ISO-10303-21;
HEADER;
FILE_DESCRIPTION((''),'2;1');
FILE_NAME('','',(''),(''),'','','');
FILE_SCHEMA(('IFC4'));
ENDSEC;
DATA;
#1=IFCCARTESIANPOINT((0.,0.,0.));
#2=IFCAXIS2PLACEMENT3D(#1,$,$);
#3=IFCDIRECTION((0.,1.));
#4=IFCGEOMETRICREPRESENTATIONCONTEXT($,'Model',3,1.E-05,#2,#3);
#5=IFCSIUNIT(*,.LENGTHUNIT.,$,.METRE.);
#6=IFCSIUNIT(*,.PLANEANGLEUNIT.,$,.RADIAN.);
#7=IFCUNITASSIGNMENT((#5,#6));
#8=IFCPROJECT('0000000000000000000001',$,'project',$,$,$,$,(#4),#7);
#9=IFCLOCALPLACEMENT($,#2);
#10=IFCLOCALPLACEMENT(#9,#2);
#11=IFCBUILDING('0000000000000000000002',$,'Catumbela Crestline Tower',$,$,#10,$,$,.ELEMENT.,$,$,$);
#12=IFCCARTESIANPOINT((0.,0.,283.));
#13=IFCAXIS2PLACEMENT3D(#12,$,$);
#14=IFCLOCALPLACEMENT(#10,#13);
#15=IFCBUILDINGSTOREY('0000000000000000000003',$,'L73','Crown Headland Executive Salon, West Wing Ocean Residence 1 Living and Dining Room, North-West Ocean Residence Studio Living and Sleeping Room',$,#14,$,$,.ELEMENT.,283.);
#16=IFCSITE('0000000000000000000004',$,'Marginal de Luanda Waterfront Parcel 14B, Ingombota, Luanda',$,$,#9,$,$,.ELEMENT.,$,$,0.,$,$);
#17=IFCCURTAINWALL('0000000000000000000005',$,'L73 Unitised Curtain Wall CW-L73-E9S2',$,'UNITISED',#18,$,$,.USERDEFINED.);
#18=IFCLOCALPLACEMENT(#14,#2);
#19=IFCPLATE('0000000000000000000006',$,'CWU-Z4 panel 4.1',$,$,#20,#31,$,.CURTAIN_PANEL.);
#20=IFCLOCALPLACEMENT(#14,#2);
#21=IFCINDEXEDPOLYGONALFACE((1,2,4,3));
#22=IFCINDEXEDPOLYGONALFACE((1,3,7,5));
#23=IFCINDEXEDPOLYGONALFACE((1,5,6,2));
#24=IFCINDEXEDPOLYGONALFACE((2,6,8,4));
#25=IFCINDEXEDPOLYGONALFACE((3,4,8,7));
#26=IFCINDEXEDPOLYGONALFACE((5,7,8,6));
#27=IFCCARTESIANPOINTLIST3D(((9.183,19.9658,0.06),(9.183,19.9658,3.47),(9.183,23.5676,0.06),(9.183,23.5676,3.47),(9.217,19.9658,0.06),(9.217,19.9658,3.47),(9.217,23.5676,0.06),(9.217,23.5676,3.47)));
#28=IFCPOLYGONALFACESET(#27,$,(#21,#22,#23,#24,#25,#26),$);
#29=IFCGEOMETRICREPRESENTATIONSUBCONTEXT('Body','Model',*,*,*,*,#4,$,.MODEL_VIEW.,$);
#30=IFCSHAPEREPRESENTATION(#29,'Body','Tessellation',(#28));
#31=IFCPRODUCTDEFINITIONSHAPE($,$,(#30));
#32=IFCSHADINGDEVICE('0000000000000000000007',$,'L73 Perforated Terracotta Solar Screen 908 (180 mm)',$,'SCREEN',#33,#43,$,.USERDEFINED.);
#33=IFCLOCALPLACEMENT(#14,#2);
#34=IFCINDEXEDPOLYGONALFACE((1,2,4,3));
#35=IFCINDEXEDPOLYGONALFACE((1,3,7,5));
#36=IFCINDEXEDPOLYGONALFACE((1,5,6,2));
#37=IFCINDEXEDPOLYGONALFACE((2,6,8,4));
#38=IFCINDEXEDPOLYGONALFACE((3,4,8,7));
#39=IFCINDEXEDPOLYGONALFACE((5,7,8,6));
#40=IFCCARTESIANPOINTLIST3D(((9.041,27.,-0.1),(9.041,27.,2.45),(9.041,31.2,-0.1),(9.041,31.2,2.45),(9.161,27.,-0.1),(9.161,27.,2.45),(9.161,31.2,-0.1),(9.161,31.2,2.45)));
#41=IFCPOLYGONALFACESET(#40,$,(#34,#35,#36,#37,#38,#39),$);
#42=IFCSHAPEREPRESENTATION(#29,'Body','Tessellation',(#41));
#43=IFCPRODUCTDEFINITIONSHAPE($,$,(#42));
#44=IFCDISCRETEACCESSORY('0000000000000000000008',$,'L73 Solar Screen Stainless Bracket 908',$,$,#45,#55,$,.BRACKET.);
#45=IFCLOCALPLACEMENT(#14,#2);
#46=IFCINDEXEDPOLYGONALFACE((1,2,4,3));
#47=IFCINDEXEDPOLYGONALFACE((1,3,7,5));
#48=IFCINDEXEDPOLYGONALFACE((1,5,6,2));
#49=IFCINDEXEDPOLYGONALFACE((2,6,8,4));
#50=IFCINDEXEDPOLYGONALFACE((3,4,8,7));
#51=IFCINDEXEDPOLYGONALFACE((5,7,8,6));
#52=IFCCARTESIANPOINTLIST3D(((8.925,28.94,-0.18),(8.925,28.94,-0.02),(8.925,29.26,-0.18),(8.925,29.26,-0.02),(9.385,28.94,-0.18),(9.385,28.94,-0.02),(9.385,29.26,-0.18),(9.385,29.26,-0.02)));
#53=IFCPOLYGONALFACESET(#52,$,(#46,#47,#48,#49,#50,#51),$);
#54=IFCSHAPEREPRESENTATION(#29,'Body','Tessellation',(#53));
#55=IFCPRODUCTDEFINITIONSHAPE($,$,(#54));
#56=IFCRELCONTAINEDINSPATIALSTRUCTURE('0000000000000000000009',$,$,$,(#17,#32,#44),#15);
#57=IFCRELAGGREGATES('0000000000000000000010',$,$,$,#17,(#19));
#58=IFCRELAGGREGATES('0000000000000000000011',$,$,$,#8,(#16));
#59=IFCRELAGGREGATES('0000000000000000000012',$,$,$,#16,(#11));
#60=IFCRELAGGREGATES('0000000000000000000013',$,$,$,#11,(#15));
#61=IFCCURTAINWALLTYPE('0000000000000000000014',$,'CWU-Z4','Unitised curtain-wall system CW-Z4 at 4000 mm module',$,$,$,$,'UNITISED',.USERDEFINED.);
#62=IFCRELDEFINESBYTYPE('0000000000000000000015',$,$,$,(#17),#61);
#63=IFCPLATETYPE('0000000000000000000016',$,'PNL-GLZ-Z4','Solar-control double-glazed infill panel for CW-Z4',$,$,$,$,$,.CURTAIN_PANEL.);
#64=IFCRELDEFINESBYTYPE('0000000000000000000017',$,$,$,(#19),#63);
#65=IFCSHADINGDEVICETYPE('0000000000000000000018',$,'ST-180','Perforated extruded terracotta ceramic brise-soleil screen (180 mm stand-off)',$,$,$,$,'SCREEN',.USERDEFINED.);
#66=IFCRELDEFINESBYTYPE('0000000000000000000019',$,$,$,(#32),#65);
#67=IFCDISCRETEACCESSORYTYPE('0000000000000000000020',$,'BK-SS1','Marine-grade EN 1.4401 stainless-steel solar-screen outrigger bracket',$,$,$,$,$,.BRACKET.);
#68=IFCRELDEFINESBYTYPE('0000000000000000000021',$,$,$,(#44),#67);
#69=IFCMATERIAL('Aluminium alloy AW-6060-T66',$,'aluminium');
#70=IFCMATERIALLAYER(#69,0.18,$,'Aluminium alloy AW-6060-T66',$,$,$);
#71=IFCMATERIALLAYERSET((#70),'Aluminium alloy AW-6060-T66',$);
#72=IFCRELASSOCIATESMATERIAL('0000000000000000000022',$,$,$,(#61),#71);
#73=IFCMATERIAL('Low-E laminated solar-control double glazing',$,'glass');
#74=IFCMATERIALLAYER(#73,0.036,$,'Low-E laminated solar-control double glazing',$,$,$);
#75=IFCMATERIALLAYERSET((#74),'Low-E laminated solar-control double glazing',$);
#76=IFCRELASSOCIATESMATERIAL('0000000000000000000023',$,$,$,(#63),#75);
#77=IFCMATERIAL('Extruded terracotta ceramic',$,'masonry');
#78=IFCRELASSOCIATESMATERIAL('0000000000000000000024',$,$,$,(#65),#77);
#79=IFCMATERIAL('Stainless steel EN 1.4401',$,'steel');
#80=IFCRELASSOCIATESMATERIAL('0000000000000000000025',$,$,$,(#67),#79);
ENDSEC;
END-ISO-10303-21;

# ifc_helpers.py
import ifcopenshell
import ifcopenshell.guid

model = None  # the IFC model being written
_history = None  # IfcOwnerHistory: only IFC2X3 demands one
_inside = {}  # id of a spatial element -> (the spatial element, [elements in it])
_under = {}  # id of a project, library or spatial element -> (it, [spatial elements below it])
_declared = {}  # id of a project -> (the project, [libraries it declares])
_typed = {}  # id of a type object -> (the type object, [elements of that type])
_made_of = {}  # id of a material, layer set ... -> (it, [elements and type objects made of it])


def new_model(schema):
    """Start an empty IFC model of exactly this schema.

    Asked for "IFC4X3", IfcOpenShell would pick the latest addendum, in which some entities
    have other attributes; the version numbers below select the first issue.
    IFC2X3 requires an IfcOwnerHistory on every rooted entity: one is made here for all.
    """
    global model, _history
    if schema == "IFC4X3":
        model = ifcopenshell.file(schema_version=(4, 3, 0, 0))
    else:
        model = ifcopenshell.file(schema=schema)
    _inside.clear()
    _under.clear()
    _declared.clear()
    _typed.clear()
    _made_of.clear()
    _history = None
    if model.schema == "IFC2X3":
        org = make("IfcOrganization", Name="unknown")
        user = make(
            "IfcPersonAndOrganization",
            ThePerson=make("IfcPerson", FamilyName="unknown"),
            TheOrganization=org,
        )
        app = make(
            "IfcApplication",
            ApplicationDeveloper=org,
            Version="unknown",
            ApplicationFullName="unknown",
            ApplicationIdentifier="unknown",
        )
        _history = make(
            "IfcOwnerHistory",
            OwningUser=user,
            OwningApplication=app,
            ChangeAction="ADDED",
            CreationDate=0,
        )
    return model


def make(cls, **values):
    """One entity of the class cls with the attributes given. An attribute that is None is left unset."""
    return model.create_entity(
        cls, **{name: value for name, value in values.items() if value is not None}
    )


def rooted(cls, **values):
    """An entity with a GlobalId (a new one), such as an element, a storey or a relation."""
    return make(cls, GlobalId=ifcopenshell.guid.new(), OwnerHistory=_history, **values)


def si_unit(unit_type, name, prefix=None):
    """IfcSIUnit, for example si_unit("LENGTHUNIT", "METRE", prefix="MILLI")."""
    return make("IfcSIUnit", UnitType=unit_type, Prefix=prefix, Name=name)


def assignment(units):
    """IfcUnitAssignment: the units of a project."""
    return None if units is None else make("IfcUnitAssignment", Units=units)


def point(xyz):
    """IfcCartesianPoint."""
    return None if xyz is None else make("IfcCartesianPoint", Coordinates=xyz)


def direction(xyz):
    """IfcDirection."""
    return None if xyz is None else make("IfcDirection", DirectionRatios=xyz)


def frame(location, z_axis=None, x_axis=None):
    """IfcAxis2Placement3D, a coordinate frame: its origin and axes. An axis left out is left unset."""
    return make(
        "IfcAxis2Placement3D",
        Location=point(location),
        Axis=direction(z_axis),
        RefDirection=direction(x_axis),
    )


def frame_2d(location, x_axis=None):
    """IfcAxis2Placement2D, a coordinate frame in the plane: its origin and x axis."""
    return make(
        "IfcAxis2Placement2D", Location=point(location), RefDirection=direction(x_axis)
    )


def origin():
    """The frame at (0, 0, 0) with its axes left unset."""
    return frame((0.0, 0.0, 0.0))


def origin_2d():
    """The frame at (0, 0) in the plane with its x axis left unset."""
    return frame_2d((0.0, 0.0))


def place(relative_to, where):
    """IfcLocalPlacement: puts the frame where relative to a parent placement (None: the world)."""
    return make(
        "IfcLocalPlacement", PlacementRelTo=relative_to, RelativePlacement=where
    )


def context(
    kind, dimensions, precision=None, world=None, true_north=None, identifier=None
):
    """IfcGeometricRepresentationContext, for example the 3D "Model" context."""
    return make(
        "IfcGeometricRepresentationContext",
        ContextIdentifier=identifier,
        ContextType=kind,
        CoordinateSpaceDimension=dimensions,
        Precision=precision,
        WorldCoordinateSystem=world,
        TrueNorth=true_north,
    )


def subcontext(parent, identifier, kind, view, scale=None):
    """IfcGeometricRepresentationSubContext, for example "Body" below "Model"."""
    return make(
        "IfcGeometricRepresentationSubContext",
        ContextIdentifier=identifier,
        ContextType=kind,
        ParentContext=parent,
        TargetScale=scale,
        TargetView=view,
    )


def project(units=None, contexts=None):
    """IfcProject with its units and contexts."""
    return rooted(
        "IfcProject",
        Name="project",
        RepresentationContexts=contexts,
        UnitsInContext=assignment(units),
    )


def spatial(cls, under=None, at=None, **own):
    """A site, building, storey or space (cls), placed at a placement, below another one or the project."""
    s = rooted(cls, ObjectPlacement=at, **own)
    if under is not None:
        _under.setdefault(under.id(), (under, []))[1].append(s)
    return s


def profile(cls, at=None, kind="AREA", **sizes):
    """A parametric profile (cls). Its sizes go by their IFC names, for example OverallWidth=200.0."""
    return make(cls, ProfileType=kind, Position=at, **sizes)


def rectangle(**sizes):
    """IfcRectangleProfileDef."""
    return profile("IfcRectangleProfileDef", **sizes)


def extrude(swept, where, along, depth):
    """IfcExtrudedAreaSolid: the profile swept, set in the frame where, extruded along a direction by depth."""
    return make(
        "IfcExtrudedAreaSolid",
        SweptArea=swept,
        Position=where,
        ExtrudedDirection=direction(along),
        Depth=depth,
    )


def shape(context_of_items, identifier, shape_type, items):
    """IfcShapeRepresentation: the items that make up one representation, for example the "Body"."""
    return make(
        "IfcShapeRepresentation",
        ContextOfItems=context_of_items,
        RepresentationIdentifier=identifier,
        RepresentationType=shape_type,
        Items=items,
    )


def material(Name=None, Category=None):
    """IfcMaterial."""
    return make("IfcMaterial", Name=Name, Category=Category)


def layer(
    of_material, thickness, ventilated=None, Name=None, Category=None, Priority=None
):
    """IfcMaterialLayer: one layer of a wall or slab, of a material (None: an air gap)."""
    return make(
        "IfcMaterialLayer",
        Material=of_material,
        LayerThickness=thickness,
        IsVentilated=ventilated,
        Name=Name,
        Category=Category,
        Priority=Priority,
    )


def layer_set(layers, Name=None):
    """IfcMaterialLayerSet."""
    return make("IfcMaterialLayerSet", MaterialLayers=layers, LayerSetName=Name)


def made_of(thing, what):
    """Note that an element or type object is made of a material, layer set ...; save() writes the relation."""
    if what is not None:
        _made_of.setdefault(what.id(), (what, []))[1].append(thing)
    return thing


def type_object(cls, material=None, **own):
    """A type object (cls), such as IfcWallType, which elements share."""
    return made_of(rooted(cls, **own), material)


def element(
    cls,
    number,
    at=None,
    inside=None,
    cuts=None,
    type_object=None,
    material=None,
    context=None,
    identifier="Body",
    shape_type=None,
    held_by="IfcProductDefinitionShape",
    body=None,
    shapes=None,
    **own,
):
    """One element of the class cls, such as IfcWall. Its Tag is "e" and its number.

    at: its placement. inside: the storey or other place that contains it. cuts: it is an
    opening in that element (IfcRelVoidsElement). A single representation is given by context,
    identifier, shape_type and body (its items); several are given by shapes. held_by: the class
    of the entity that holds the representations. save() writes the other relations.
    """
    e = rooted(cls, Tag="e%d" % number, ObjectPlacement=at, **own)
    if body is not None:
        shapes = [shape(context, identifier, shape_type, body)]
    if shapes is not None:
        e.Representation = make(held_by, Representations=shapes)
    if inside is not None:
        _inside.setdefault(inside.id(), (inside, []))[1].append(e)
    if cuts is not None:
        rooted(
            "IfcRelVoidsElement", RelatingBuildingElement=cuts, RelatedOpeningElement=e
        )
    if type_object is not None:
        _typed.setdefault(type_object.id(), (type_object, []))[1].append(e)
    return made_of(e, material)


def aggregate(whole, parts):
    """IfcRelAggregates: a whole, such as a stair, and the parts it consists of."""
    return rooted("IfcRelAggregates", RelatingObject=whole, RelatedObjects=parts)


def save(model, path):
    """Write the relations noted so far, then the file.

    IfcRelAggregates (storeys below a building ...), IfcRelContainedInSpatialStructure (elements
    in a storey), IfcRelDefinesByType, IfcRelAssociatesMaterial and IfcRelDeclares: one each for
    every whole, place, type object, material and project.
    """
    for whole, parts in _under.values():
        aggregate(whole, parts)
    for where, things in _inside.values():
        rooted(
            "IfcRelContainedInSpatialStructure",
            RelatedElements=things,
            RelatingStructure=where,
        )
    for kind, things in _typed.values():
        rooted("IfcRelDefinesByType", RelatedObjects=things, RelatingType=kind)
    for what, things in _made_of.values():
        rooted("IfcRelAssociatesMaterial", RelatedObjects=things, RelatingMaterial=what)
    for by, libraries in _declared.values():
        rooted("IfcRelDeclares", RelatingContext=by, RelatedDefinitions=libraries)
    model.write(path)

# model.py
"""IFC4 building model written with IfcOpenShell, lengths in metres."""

from ifc_helpers import new_model, si_unit, direction, frame, origin, origin_2d, place, context, subcontext, project, spatial, rectangle, extrude, material, layer, layer_set, type_object, element, aggregate, save


model = new_model("IFC4")

# Units and contexts
model_context = context("Model", 3, precision=1e-05, world=origin(), true_north=direction((0.0, 1.0)))
body_context = subcontext(model_context, "Body", "Model", "MODEL_VIEW")
ifc_project = project(units=[si_unit("LENGTHUNIT", "METRE"), si_unit("PLANEANGLEUNIT", "RADIAN")], contexts=[model_context])

# Site, building, storey
site_placement = place(None, origin())
site = spatial("IfcSite", under=ifc_project, at=site_placement, Name="Marginal de Luanda Waterfront Parcel 14B, Ingombota, Luanda", CompositionType="ELEMENT", RefElevation=0.0)
building_placement = place(site_placement, origin())
building = spatial("IfcBuilding", under=site, at=building_placement, Name="Catumbela Crestline Tower", CompositionType="ELEMENT")
storey_placement = place(building_placement, frame((0.0, 0.0, 283.0)))
storey = spatial("IfcBuildingStorey", under=building, at=storey_placement, Name="L73", Description="Crown Headland Executive Salon, West Wing Ocean Residence 1 Living and Dining Room, North-West Ocean Residence Studio Living and Sleeping Room", CompositionType="ELEMENT", Elevation=283.0)

# Curtain wall, plate
ifc_material_1 = material(Name="Aluminium alloy AW-6060-T66", Category="aluminium")
ifc_layer_1 = layer(ifc_material_1, 0.18, Name="Aluminium alloy AW-6060-T66")
ifc_layer_set_1 = layer_set([ifc_layer_1], Name="Aluminium alloy AW-6060-T66")
curtain_wall_type = type_object("IfcCurtainWallType", Name="CWU-Z4", Description="Unitised curtain-wall system CW-Z4 at 4000 mm module", ElementType="UNITISED", PredefinedType="USERDEFINED", material=ifc_layer_set_1)
curtain_wall_placement = place(storey_placement, origin())
curtain_wall = element("IfcCurtainWall", 1, at=curtain_wall_placement, inside=storey, type_object=curtain_wall_type, Name="L73 Unitised Curtain Wall CW-L73-E9S2", ObjectType="UNITISED", PredefinedType="USERDEFINED")
ifc_material_2 = material(Name="Low-E laminated solar-control double glazing", Category="glass")
ifc_layer_2 = layer(ifc_material_2, 0.036, Name="Low-E laminated solar-control double glazing")
ifc_layer_set_2 = layer_set([ifc_layer_2], Name="Low-E laminated solar-control double glazing")
plate_type = type_object("IfcPlateType", Name="PNL-GLZ-Z4", Description="Solar-control double-glazed infill panel for CW-Z4", PredefinedType="CURTAIN_PANEL", material=ifc_layer_set_2)
plate_1_placement = place(storey_placement, frame((9.2, 21.7667, 0.06), z_axis=(0.0, 0.0, 1.0), x_axis=(0.0, -1.0, 0.0)))
plate_1 = element("IfcPlate", 2, at=plate_1_placement, type_object=plate_type, Name="CWU-Z4 panel 4.1", PredefinedType="CURTAIN_PANEL", context=body_context, shape_type="SweptSolid", body=[
    extrude(rectangle(XDim=3.6017, YDim=0.034, at=origin_2d()), origin(), (0.0, 0.0, 1.0), 3.41),
])
aggregate(curtain_wall, [plate_1])

# Shading device
ifc_material_3 = material(Name="Extruded terracotta ceramic", Category="masonry")
shading_device_type = type_object("IfcShadingDeviceType", Name="ST-180", Description="Perforated extruded terracotta ceramic brise-soleil screen (180 mm stand-off)", ElementType="SCREEN", PredefinedType="USERDEFINED", material=ifc_material_3)
shading_device_placement = place(storey_placement, frame((9.101, 29.1, -0.1), z_axis=(0.0, 0.0, 1.0), x_axis=(0.0, -1.0, 0.0)))
element("IfcShadingDevice", 3, at=shading_device_placement, inside=storey, type_object=shading_device_type, Name="L73 Perforated Terracotta Solar Screen 908 (180 mm)", ObjectType="SCREEN", PredefinedType="USERDEFINED", context=body_context, shape_type="SweptSolid", body=[
    extrude(rectangle(XDim=4.2, YDim=0.12, at=origin_2d()), origin(), (0.0, 0.0, 1.0), 2.55),
])

# Discrete accessory
ifc_material_4 = material(Name="Stainless steel EN 1.4401", Category="steel")
discrete_accessory_type = type_object("IfcDiscreteAccessoryType", Name="BK-SS1", Description="Marine-grade EN 1.4401 stainless-steel solar-screen outrigger bracket", PredefinedType="BRACKET", material=ifc_material_4)
discrete_accessory_placement = place(storey_placement, frame((9.155, 29.1, -0.18), z_axis=(0.0, 0.0, 1.0), x_axis=(0.0, -1.0, 0.0)))
element("IfcDiscreteAccessory", 4, at=discrete_accessory_placement, inside=storey, type_object=discrete_accessory_type, Name="L73 Solar Screen Stainless Bracket 908", PredefinedType="BRACKET", context=body_context, shape_type="SweptSolid", body=[
    extrude(rectangle(XDim=0.32, YDim=0.46, at=origin_2d()), origin(), (0.0, 0.0, 1.0), 0.16),
])

save(model, "model.ifc")
